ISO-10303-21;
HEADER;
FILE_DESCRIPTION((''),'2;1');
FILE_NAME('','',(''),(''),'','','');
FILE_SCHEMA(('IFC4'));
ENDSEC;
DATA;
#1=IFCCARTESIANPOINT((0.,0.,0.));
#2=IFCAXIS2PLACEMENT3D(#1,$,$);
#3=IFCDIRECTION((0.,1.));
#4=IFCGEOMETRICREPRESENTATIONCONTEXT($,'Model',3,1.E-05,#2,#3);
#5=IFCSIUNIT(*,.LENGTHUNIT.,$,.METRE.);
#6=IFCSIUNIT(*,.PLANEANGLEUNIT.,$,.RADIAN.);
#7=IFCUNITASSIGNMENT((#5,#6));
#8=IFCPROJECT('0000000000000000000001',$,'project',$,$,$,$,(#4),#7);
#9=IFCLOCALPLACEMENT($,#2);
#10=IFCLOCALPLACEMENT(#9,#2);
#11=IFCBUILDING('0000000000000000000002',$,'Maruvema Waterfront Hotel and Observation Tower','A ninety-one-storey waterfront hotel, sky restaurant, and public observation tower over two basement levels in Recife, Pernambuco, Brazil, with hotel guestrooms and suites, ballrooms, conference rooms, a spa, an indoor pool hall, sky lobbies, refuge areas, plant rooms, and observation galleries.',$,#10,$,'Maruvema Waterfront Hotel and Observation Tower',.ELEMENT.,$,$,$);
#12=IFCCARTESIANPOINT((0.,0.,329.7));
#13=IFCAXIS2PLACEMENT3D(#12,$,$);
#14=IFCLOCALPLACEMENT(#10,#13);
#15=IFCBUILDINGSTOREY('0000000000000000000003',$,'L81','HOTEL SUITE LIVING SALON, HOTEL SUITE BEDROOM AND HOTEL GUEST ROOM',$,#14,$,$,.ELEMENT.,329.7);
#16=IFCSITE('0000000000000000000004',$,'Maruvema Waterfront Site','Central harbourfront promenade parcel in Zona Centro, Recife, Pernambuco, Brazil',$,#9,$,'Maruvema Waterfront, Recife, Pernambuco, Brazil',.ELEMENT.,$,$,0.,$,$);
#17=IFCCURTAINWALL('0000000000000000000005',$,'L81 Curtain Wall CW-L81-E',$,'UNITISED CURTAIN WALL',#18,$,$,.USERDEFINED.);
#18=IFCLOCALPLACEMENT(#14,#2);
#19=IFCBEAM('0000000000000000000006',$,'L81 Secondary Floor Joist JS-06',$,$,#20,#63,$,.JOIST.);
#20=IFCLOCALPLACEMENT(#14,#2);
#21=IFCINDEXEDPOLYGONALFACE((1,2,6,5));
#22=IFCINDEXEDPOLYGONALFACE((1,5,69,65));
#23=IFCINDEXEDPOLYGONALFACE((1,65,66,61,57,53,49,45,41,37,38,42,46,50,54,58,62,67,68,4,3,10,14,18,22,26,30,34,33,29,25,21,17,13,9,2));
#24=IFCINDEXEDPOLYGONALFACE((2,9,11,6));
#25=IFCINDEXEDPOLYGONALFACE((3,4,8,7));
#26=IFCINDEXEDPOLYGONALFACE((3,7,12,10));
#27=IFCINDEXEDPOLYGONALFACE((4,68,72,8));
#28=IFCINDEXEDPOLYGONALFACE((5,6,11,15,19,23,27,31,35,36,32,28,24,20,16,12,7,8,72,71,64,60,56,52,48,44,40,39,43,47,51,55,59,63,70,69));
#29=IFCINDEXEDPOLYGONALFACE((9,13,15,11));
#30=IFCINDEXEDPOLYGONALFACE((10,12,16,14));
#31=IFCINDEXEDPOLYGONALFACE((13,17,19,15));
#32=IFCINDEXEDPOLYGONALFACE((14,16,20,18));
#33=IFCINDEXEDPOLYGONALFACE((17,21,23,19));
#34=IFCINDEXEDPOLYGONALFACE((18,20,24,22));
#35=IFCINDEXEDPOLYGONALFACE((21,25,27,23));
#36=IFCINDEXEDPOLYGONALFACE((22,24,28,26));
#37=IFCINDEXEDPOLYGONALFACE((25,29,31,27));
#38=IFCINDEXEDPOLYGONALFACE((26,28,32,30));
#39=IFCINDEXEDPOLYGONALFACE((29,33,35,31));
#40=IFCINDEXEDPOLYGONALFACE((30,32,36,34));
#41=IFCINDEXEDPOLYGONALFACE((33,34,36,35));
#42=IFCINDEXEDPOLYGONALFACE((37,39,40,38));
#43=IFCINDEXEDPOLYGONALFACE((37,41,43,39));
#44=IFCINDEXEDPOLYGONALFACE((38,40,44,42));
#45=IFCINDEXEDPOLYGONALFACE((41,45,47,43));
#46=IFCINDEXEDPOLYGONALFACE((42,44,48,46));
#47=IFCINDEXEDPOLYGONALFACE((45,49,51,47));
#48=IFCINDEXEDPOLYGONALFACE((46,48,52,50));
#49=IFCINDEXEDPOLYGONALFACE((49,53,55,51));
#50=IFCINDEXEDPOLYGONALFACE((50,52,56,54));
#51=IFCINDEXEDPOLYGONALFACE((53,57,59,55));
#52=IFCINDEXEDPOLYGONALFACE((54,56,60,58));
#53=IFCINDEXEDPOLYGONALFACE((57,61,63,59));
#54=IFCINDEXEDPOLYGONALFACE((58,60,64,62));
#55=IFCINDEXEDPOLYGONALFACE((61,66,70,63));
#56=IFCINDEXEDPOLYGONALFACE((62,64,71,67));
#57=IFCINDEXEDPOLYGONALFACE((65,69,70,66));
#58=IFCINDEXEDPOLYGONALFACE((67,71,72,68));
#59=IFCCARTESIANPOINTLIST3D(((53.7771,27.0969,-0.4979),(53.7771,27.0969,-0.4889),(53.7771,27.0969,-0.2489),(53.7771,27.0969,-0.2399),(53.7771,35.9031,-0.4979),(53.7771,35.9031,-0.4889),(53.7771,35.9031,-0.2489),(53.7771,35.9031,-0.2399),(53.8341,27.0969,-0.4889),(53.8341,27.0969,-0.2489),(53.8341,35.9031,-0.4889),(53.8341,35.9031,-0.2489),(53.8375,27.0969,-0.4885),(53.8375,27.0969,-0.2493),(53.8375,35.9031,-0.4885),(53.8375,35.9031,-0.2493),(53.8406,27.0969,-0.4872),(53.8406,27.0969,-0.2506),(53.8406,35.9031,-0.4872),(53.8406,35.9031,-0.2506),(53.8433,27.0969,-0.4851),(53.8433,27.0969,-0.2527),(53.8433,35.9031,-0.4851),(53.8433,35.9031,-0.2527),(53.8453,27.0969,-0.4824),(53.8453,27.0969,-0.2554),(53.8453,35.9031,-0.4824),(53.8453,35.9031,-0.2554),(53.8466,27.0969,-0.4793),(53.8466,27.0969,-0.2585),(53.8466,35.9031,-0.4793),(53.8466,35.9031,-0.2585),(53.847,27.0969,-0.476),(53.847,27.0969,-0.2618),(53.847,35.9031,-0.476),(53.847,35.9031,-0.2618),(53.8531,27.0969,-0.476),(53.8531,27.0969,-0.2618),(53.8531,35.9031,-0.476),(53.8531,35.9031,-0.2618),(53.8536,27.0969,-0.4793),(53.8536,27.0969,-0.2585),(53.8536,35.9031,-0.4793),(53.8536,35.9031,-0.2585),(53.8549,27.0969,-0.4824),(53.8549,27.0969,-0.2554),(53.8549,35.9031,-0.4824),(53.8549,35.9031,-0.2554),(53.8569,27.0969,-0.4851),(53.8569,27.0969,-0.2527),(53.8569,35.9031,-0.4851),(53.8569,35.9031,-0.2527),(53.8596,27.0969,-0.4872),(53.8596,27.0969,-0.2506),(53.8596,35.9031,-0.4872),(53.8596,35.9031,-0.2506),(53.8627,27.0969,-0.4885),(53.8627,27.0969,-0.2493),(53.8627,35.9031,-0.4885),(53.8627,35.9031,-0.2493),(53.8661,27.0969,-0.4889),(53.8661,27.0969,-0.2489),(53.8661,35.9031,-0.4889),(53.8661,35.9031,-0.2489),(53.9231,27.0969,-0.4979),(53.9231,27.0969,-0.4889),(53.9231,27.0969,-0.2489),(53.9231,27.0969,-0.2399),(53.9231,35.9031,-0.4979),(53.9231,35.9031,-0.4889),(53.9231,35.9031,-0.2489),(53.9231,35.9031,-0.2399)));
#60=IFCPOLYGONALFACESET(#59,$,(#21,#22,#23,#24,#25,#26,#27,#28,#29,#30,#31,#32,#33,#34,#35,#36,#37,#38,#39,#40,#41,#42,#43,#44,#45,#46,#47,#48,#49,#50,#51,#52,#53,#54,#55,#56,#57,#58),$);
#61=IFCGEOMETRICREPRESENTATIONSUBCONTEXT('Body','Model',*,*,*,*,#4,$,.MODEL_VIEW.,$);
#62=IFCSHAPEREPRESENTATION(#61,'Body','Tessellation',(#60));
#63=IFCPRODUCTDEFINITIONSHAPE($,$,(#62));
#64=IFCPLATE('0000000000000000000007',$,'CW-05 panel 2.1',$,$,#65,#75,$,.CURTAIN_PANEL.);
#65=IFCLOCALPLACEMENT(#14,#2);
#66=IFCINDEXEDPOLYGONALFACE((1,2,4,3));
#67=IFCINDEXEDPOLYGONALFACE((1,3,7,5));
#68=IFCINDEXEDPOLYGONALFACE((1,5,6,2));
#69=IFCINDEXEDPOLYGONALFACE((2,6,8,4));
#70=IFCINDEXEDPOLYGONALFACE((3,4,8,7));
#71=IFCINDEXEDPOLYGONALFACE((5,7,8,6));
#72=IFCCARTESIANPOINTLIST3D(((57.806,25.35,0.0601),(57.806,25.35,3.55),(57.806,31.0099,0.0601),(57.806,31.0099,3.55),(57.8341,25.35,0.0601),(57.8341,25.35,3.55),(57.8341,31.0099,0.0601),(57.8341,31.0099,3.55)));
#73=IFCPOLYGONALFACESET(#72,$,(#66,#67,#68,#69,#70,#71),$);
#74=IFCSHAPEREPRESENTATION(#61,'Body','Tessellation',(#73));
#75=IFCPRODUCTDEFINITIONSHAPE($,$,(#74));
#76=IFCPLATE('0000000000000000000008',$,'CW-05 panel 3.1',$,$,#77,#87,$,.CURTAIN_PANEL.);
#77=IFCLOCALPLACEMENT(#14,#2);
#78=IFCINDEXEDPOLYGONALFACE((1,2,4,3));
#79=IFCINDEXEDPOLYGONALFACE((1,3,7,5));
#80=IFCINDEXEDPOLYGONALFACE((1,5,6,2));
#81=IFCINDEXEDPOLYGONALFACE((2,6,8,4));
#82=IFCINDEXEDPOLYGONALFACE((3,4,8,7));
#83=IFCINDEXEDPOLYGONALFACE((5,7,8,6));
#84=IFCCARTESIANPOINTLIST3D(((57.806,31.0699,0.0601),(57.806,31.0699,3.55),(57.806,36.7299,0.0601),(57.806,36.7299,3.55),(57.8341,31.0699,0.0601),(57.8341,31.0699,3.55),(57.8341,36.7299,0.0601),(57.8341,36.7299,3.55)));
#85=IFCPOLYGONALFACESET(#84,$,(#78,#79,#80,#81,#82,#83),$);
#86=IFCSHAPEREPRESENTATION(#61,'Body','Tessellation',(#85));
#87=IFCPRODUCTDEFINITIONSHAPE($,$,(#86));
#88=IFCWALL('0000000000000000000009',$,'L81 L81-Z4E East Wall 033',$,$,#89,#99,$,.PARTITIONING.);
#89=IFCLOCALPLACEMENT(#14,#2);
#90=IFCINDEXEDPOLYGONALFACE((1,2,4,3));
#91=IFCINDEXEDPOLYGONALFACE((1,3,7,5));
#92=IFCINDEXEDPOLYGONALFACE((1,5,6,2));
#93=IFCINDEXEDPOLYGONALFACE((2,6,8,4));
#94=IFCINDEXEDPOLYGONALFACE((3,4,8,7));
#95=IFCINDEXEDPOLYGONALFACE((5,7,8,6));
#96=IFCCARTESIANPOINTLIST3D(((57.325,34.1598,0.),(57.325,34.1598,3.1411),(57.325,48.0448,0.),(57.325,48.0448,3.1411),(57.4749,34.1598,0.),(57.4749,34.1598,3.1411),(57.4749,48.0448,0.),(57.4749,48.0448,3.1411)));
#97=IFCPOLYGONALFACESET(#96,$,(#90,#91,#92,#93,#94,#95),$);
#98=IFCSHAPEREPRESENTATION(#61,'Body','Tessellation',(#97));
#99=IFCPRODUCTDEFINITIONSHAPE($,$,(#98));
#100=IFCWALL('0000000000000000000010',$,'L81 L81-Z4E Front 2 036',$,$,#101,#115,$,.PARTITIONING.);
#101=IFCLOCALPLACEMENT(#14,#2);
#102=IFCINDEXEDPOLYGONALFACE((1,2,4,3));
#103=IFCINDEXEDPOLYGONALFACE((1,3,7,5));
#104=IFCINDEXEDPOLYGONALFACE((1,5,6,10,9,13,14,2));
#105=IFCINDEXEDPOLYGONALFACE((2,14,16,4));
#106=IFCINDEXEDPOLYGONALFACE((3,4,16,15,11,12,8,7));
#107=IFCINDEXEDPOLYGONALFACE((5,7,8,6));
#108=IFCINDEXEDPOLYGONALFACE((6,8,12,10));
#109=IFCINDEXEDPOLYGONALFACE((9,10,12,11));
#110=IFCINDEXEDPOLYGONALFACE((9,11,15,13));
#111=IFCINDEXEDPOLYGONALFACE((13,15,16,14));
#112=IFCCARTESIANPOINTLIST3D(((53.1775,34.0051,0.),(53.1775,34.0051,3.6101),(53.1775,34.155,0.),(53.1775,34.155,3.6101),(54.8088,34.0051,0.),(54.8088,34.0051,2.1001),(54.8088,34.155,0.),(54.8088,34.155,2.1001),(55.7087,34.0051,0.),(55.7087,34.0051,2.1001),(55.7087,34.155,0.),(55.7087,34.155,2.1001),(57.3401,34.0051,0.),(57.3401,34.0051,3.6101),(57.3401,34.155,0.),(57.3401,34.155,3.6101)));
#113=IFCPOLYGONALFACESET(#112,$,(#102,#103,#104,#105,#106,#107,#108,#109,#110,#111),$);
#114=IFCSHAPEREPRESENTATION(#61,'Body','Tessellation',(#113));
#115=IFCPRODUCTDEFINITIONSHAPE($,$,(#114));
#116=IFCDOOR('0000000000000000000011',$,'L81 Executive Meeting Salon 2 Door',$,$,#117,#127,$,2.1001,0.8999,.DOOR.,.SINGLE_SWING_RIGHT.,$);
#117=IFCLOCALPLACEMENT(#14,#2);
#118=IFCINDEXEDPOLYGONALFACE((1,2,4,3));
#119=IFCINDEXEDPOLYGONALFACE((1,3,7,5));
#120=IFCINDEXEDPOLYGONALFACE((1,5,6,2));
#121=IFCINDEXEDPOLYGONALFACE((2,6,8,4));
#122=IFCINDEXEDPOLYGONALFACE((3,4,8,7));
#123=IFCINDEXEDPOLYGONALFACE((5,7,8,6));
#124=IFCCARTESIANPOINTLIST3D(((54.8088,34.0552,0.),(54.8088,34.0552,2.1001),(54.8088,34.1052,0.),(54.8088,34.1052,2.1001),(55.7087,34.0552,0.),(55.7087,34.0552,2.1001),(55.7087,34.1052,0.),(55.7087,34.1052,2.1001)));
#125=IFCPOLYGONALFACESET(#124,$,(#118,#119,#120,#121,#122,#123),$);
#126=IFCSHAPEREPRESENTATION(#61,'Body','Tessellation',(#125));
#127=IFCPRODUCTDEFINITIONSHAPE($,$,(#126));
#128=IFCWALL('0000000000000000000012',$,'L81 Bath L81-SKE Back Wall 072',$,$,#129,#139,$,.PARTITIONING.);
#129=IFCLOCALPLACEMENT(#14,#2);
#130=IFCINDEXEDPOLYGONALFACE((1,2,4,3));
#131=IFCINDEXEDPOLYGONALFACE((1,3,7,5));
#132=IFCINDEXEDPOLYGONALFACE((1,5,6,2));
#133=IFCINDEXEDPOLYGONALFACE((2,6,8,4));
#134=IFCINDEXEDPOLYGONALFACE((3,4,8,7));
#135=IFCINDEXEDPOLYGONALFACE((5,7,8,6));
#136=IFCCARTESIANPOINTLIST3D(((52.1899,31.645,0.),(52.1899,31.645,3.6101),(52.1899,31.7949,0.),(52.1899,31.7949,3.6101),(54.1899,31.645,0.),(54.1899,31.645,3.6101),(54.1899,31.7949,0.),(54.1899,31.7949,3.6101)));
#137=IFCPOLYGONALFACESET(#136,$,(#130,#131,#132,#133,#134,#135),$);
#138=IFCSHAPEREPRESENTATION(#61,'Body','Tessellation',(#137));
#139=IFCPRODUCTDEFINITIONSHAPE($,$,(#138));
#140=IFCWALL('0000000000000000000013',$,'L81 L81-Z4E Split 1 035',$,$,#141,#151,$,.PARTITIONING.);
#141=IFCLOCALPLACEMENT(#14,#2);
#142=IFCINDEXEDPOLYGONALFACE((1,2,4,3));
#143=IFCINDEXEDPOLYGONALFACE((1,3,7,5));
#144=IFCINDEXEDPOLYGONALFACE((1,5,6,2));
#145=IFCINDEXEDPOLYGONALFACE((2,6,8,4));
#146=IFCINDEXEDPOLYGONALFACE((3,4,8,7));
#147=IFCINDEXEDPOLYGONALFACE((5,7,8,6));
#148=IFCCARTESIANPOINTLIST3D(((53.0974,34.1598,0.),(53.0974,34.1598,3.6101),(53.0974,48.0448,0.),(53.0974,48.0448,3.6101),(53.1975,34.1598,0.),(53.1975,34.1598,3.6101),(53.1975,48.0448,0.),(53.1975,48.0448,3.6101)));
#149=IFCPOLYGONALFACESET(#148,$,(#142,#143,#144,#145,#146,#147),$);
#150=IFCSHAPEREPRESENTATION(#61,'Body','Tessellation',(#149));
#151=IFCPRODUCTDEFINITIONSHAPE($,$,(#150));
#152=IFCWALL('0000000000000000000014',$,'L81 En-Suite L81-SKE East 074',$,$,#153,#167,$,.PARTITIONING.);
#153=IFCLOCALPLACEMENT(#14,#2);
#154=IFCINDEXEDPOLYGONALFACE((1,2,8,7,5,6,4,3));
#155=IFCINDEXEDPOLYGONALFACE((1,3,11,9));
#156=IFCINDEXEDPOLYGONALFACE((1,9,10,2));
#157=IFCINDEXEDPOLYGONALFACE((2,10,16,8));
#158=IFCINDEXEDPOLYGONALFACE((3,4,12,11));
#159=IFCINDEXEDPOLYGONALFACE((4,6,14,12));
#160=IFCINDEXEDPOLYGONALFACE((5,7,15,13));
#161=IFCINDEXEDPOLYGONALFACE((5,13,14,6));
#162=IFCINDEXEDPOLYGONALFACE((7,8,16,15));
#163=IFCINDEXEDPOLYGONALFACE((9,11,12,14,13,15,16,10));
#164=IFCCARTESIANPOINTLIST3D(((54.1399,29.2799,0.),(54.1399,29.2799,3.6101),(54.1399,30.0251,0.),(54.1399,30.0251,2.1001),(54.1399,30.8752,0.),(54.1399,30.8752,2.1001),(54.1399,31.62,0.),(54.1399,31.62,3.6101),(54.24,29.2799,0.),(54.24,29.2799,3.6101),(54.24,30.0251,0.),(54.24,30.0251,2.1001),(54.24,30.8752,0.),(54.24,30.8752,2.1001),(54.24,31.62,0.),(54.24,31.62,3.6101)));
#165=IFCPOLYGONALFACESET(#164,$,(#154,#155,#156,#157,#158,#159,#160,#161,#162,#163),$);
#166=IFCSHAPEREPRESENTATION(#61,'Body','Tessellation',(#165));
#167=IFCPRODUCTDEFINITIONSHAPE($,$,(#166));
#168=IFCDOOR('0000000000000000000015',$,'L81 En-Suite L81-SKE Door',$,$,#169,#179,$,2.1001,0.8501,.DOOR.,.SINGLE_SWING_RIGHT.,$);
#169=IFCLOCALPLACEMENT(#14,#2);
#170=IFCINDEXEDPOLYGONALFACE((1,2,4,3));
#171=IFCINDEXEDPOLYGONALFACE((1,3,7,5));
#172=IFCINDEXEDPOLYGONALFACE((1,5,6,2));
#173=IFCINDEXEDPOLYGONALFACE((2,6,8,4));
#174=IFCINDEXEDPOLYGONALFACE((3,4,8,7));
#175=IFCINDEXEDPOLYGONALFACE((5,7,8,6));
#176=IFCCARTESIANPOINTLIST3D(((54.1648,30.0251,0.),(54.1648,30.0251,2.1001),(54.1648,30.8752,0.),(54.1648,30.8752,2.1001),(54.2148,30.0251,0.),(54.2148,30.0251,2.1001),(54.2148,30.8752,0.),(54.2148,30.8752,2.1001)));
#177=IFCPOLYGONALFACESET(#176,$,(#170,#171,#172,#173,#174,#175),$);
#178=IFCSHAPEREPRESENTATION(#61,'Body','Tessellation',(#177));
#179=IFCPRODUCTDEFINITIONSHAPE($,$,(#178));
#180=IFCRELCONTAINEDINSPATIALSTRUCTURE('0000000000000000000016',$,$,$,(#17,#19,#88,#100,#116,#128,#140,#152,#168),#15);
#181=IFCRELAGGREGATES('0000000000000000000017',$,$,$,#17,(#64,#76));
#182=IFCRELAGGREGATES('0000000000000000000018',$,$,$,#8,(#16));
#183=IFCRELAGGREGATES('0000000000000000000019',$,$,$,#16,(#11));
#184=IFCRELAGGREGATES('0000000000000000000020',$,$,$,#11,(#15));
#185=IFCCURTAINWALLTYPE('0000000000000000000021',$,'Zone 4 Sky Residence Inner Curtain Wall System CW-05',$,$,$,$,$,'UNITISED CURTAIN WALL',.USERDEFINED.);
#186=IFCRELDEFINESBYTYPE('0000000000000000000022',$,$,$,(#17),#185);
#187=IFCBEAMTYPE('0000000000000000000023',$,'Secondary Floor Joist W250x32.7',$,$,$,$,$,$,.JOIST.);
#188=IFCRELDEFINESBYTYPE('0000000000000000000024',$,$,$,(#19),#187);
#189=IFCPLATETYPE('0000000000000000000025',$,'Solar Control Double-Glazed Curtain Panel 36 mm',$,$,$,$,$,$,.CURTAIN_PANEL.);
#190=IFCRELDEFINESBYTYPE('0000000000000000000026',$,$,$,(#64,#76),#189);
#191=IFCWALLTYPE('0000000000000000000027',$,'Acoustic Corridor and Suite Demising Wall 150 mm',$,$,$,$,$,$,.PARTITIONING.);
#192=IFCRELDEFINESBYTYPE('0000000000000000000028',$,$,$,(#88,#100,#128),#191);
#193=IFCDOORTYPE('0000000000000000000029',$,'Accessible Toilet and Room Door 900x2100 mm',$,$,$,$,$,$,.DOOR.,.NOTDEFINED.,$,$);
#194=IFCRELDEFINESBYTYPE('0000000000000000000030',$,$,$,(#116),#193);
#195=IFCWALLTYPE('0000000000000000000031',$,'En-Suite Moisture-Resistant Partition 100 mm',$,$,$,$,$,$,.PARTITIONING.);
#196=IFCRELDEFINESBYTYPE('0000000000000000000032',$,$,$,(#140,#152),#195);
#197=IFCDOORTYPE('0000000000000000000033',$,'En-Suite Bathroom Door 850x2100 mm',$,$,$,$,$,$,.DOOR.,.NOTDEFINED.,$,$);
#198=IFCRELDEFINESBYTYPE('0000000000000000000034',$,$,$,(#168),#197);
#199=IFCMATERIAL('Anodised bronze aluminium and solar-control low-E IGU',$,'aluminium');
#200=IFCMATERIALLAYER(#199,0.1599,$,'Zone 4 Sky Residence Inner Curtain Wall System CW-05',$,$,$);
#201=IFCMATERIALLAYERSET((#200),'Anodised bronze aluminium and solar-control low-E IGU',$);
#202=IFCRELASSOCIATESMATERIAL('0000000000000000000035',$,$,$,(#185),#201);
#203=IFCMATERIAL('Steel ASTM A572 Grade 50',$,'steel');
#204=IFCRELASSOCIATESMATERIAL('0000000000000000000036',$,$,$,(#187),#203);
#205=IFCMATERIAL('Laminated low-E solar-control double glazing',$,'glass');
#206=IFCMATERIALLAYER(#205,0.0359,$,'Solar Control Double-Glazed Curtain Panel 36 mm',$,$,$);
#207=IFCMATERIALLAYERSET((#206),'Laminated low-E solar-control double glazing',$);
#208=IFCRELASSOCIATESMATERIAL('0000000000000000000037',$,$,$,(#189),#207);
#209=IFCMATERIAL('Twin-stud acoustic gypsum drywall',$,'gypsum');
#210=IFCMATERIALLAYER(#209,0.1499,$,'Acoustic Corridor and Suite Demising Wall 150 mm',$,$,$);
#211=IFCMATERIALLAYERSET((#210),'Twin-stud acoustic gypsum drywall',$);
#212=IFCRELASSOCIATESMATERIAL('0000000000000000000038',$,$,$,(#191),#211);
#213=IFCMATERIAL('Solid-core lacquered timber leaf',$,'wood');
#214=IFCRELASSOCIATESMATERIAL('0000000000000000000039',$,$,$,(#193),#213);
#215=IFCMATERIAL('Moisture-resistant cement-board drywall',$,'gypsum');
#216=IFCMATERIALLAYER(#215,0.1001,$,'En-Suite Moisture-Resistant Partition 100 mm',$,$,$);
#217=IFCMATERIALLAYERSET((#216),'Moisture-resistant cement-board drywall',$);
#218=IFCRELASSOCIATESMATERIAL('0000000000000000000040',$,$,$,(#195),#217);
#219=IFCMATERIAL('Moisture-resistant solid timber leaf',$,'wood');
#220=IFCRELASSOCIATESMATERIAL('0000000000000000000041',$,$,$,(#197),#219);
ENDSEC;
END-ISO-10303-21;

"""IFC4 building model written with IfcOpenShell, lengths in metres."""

from ifc_helpers import new_model, si_unit, direction, frame, frame_2d, origin, origin_2d, place, context, subcontext, project, spatial, rectangle, i_section, extrude, material, layer, layer_set, material_profile, profile_set, type_object, element, fill, aggregate, save


model = new_model("IFC4")

# Units and contexts
model_context = context("Model", 3, precision=1e-05, world=origin(), true_north=direction((0.0, 1.0)))
body_context = subcontext(model_context, "Body", "Model", "MODEL_VIEW")
ifc_project = project(units=[si_unit("LENGTHUNIT", "METRE"), si_unit("PLANEANGLEUNIT", "RADIAN")], contexts=[model_context])

# Site, building, storey
site_placement = place(None, origin())
site = spatial("IfcSite", under=ifc_project, at=site_placement, Name="Maruvema Waterfront Site", Description="Central harbourfront promenade parcel in Zona Centro, Recife, Pernambuco, Brazil", LongName="Maruvema Waterfront, Recife, Pernambuco, Brazil", CompositionType="ELEMENT", RefElevation=0.0)
building_placement = place(site_placement, origin())
building = spatial("IfcBuilding", under=site, at=building_placement, Name="Maruvema Waterfront Hotel and Observation Tower", Description="A ninety-one-storey waterfront hotel, sky restaurant, and public observation tower over two basement levels in Recife, Pernambuco, Brazil, with hotel guestrooms and suites, ballrooms, conference rooms, a spa, an indoor pool hall, sky lobbies, refuge areas, plant rooms, and observation galleries.", LongName="Maruvema Waterfront Hotel and Observation Tower", CompositionType="ELEMENT")
storey_placement = place(building_placement, frame((0.0, 0.0, 329.7)))
storey = spatial("IfcBuildingStorey", under=building, at=storey_placement, Name="L81", Description="HOTEL SUITE LIVING SALON, HOTEL SUITE BEDROOM AND HOTEL GUEST ROOM", CompositionType="ELEMENT", Elevation=329.7)

# Curtain wall
ifc_material_1 = material(Name="Anodised bronze aluminium and solar-control low-E IGU", Category="aluminium")
ifc_layer_1 = layer(ifc_material_1, 0.1599, Name="Zone 4 Sky Residence Inner Curtain Wall System CW-05")
ifc_layer_set_1 = layer_set([ifc_layer_1], Name="Anodised bronze aluminium and solar-control low-E IGU")
curtain_wall_type = type_object("IfcCurtainWallType", Name="Zone 4 Sky Residence Inner Curtain Wall System CW-05", ElementType="UNITISED CURTAIN WALL", PredefinedType="USERDEFINED", material=ifc_layer_set_1)
curtain_wall_placement = place(storey_placement, origin())
curtain_wall = element("IfcCurtainWall", 1, at=curtain_wall_placement, inside=storey, type_object=curtain_wall_type, Name="L81 Curtain Wall CW-L81-E", ObjectType="UNITISED CURTAIN WALL", PredefinedType="USERDEFINED")

# Beam
ifc_material_2 = material(Name="Steel ASTM A572 Grade 50", Category="steel")
ifc_material_profile_1 = material_profile(ifc_material_2, i_section(OverallWidth=0.146, OverallDepth=0.2581, WebThickness=0.0061, FlangeThickness=0.009, FilletRadius=0.0129, at=origin_2d()), Name="W250x32.7")
ifc_profile_set_1 = profile_set([ifc_material_profile_1], Name="Steel ASTM A572 Grade 50")
beam_type_1 = type_object("IfcBeamType", Name="Secondary Floor Joist W250x32.7", PredefinedType="JOIST", material=ifc_profile_set_1)
beam_1_placement = place(storey_placement, frame((53.8501, 27.0969, -0.3689), z_axis=(0.0, 1.0, 0.0), x_axis=(-1.0, 0.0, 0.0)))
element("IfcBeam", 2, at=beam_1_placement, inside=storey, type_object=beam_type_1, Name="L81 Secondary Floor Joist JS-06", PredefinedType="JOIST", context=body_context, shape_type="SweptSolid", body=[
    extrude(i_section(OverallWidth=0.146, OverallDepth=0.2581, WebThickness=0.0061, FlangeThickness=0.009, FilletRadius=0.0129, at=origin_2d()), origin(), (0.0, 0.0, 1.0), 8.8062),
])

# Plates
ifc_material_3 = material(Name="Laminated low-E solar-control double glazing", Category="glass")
ifc_layer_2 = layer(ifc_material_3, 0.0359, Name="Solar Control Double-Glazed Curtain Panel 36 mm")
ifc_layer_set_2 = layer_set([ifc_layer_2], Name="Laminated low-E solar-control double glazing")
plate_type = type_object("IfcPlateType", Name="Solar Control Double-Glazed Curtain Panel 36 mm", PredefinedType="CURTAIN_PANEL", material=ifc_layer_set_2)
plate_1_placement = place(storey_placement, frame((57.8201, 28.1799, 0.0601), z_axis=(0.0, 0.0, 1.0), x_axis=(0.0, 1.0, 0.0)))
plate_1 = element("IfcPlate", 3, at=plate_1_placement, type_object=plate_type, Name="CW-05 panel 2.1", PredefinedType="CURTAIN_PANEL", context=body_context, shape_type="SweptSolid", body=[
    extrude(rectangle(XDim=5.6599, YDim=0.0281, at=origin_2d()), origin(), (0.0, 0.0, 1.0), 3.49),
])
plate_2_placement = place(storey_placement, frame((57.8201, 33.8999, 0.0601), z_axis=(0.0, 0.0, 1.0), x_axis=(0.0, 1.0, 0.0)))
plate_2 = element("IfcPlate", 4, at=plate_2_placement, type_object=plate_type, Name="CW-05 panel 3.1", PredefinedType="CURTAIN_PANEL", context=body_context, shape_type="SweptSolid", body=[
    extrude(rectangle(XDim=5.6599, YDim=0.0281, at=origin_2d()), origin(), (0.0, 0.0, 1.0), 3.49),
])
aggregate(curtain_wall, [plate_1, plate_2])

# Wall
ifc_material_4 = material(Name="Twin-stud acoustic gypsum drywall", Category="gypsum")
ifc_layer_3 = layer(ifc_material_4, 0.1499, Name="Acoustic Corridor and Suite Demising Wall 150 mm")
ifc_layer_set_3 = layer_set([ifc_layer_3], Name="Twin-stud acoustic gypsum drywall")
wall_type_1 = type_object("IfcWallType", Name="Acoustic Corridor and Suite Demising Wall 150 mm", PredefinedType="PARTITIONING", material=ifc_layer_set_3)
wall_1_placement = place(storey_placement, frame((57.3999, 34.1599, 0.0), z_axis=(0.0, 0.0, 1.0), x_axis=(0.0, 1.0, 0.0)))
element("IfcWall", 5, at=wall_1_placement, inside=storey, type_object=wall_type_1, Name="L81 L81-Z4E East Wall 033", PredefinedType="PARTITIONING", context=body_context, shape_type="SweptSolid", body=[
    extrude(rectangle(XDim=13.885, YDim=0.1499, at=frame_2d((6.9424, 0.0))), origin(), (0.0, 0.0, 1.0), 3.1411),
])

# Wall, opening, door
wall_2_placement = place(storey_placement, frame((53.1775, 34.0801, 0.0), z_axis=(0.0, 0.0, 1.0), x_axis=(1.0, 0.0, 0.0)))
wall_2 = element("IfcWall", 6, at=wall_2_placement, inside=storey, type_object=wall_type_1, Name="L81 L81-Z4E Front 2 036", PredefinedType="PARTITIONING", context=body_context, shape_type="SweptSolid", body=[
    extrude(rectangle(XDim=4.1626, YDim=0.1499, at=frame_2d((2.0813, 0.0))), origin(), (0.0, 0.0, 1.0), 3.6101),
])
opening_1_placement = place(wall_2_placement, frame((1.6313, 0.0, 0.0)))
opening_1 = element("IfcOpeningElement", 7, at=opening_1_placement, cuts=wall_2, PredefinedType="OPENING", context=body_context, shape_type="SweptSolid", body=[
    extrude(rectangle(XDim=0.8999, YDim=2.1001, at=frame_2d((0.45, 1.05))), frame((0.0, 0.085, 0.0), z_axis=(0.0, -1.0, 0.0), x_axis=(1.0, 0.0, 0.0)), (0.0, 0.0, 1.0), 0.1699),
])
ifc_material_5 = material(Name="Solid-core lacquered timber leaf", Category="wood")
door_type_1 = type_object("IfcDoorType", Name="Accessible Toilet and Room Door 900x2100 mm", OperationType="NOTDEFINED", PredefinedType="DOOR", material=ifc_material_5)
door_1_placement = place(opening_1_placement, frame((0.8999, 0.0, 0.0), z_axis=(0.0, 0.0, 1.0), x_axis=(-1.0, 0.0, 0.0)))
door_1 = element("IfcDoor", 8, at=door_1_placement, inside=storey, type_object=door_type_1, Name="L81 Executive Meeting Salon 2 Door", OperationType="SINGLE_SWING_RIGHT", OverallHeight=2.1001, OverallWidth=0.8999, PredefinedType="DOOR", context=body_context, shape_type="SweptSolid", body=[
    extrude(rectangle(XDim=0.8999, YDim=2.1001, at=frame_2d((0.45, 1.05))), frame((0.0, 0.0249, 0.0), z_axis=(0.0, -1.0, 0.0), x_axis=(1.0, 0.0, 0.0)), (0.0, 0.0, 1.0), 0.05),
])
fill(opening_1, door_1)

# Wall
wall_3_placement = place(storey_placement, frame((52.1899, 31.72, 0.0), z_axis=(0.0, 0.0, 1.0), x_axis=(1.0, 0.0, 0.0)))
element("IfcWall", 9, at=wall_3_placement, inside=storey, type_object=wall_type_1, Name="L81 Bath L81-SKE Back Wall 072", PredefinedType="PARTITIONING", context=body_context, shape_type="SweptSolid", body=[
    extrude(rectangle(XDim=2.0, YDim=0.1499, at=frame_2d((1.0, 0.0))), origin(), (0.0, 0.0, 1.0), 3.6101),
])

# Wall
ifc_material_6 = material(Name="Moisture-resistant cement-board drywall", Category="gypsum")
ifc_layer_4 = layer(ifc_material_6, 0.1001, Name="En-Suite Moisture-Resistant Partition 100 mm")
ifc_layer_set_4 = layer_set([ifc_layer_4], Name="Moisture-resistant cement-board drywall")
wall_type_2 = type_object("IfcWallType", Name="En-Suite Moisture-Resistant Partition 100 mm", PredefinedType="PARTITIONING", material=ifc_layer_set_4)
wall_4_placement = place(storey_placement, frame((53.1475, 34.1599, 0.0), z_axis=(0.0, 0.0, 1.0), x_axis=(0.0, 1.0, 0.0)))
element("IfcWall", 10, at=wall_4_placement, inside=storey, type_object=wall_type_2, Name="L81 L81-Z4E Split 1 035", PredefinedType="PARTITIONING", context=body_context, shape_type="SweptSolid", body=[
    extrude(rectangle(XDim=13.885, YDim=0.1001, at=frame_2d((6.9424, 0.0))), origin(), (0.0, 0.0, 1.0), 3.6101),
])

# Wall, opening, door
wall_5_placement = place(storey_placement, frame((54.1899, 29.28, 0.0), z_axis=(0.0, 0.0, 1.0), x_axis=(0.0, 1.0, 0.0)))
wall_5 = element("IfcWall", 11, at=wall_5_placement, inside=storey, type_object=wall_type_2, Name="L81 En-Suite L81-SKE East 074", PredefinedType="PARTITIONING", context=body_context, shape_type="SweptSolid", body=[
    extrude(rectangle(XDim=2.3401, YDim=0.1001, at=frame_2d((1.1699, 0.0))), origin(), (0.0, 0.0, 1.0), 3.6101),
])
opening_2_placement = place(wall_5_placement, frame((0.7451, 0.0, 0.0)))
opening_2 = element("IfcOpeningElement", 12, at=opening_2_placement, cuts=wall_5, PredefinedType="OPENING", context=body_context, shape_type="SweptSolid", body=[
    extrude(rectangle(XDim=0.8501, YDim=2.1001, at=frame_2d((0.425, 1.05))), frame((0.0, 0.0601, 0.0), z_axis=(0.0, -1.0, 0.0), x_axis=(1.0, 0.0, 0.0)), (0.0, 0.0, 1.0), 0.1201),
])
ifc_material_7 = material(Name="Moisture-resistant solid timber leaf", Category="wood")
door_type_2 = type_object("IfcDoorType", Name="En-Suite Bathroom Door 850x2100 mm", OperationType="NOTDEFINED", PredefinedType="DOOR", material=ifc_material_7)
door_2_placement = place(opening_2_placement, frame((0.8501, 0.0, 0.0), z_axis=(0.0, 0.0, 1.0), x_axis=(-1.0, 0.0, 0.0)))
door_2 = element("IfcDoor", 13, at=door_2_placement, inside=storey, type_object=door_type_2, Name="L81 En-Suite L81-SKE Door", OperationType="SINGLE_SWING_RIGHT", OverallHeight=2.1001, OverallWidth=0.8501, PredefinedType="DOOR", context=body_context, shape_type="SweptSolid", body=[
    extrude(rectangle(XDim=0.8501, YDim=2.1001, at=frame_2d((0.425, 1.05))), frame((0.0, 0.0249, 0.0), z_axis=(0.0, -1.0, 0.0), x_axis=(1.0, 0.0, 0.0)), (0.0, 0.0, 1.0), 0.05),
])
fill(opening_2, door_2)

save(model, "model.ifc")
